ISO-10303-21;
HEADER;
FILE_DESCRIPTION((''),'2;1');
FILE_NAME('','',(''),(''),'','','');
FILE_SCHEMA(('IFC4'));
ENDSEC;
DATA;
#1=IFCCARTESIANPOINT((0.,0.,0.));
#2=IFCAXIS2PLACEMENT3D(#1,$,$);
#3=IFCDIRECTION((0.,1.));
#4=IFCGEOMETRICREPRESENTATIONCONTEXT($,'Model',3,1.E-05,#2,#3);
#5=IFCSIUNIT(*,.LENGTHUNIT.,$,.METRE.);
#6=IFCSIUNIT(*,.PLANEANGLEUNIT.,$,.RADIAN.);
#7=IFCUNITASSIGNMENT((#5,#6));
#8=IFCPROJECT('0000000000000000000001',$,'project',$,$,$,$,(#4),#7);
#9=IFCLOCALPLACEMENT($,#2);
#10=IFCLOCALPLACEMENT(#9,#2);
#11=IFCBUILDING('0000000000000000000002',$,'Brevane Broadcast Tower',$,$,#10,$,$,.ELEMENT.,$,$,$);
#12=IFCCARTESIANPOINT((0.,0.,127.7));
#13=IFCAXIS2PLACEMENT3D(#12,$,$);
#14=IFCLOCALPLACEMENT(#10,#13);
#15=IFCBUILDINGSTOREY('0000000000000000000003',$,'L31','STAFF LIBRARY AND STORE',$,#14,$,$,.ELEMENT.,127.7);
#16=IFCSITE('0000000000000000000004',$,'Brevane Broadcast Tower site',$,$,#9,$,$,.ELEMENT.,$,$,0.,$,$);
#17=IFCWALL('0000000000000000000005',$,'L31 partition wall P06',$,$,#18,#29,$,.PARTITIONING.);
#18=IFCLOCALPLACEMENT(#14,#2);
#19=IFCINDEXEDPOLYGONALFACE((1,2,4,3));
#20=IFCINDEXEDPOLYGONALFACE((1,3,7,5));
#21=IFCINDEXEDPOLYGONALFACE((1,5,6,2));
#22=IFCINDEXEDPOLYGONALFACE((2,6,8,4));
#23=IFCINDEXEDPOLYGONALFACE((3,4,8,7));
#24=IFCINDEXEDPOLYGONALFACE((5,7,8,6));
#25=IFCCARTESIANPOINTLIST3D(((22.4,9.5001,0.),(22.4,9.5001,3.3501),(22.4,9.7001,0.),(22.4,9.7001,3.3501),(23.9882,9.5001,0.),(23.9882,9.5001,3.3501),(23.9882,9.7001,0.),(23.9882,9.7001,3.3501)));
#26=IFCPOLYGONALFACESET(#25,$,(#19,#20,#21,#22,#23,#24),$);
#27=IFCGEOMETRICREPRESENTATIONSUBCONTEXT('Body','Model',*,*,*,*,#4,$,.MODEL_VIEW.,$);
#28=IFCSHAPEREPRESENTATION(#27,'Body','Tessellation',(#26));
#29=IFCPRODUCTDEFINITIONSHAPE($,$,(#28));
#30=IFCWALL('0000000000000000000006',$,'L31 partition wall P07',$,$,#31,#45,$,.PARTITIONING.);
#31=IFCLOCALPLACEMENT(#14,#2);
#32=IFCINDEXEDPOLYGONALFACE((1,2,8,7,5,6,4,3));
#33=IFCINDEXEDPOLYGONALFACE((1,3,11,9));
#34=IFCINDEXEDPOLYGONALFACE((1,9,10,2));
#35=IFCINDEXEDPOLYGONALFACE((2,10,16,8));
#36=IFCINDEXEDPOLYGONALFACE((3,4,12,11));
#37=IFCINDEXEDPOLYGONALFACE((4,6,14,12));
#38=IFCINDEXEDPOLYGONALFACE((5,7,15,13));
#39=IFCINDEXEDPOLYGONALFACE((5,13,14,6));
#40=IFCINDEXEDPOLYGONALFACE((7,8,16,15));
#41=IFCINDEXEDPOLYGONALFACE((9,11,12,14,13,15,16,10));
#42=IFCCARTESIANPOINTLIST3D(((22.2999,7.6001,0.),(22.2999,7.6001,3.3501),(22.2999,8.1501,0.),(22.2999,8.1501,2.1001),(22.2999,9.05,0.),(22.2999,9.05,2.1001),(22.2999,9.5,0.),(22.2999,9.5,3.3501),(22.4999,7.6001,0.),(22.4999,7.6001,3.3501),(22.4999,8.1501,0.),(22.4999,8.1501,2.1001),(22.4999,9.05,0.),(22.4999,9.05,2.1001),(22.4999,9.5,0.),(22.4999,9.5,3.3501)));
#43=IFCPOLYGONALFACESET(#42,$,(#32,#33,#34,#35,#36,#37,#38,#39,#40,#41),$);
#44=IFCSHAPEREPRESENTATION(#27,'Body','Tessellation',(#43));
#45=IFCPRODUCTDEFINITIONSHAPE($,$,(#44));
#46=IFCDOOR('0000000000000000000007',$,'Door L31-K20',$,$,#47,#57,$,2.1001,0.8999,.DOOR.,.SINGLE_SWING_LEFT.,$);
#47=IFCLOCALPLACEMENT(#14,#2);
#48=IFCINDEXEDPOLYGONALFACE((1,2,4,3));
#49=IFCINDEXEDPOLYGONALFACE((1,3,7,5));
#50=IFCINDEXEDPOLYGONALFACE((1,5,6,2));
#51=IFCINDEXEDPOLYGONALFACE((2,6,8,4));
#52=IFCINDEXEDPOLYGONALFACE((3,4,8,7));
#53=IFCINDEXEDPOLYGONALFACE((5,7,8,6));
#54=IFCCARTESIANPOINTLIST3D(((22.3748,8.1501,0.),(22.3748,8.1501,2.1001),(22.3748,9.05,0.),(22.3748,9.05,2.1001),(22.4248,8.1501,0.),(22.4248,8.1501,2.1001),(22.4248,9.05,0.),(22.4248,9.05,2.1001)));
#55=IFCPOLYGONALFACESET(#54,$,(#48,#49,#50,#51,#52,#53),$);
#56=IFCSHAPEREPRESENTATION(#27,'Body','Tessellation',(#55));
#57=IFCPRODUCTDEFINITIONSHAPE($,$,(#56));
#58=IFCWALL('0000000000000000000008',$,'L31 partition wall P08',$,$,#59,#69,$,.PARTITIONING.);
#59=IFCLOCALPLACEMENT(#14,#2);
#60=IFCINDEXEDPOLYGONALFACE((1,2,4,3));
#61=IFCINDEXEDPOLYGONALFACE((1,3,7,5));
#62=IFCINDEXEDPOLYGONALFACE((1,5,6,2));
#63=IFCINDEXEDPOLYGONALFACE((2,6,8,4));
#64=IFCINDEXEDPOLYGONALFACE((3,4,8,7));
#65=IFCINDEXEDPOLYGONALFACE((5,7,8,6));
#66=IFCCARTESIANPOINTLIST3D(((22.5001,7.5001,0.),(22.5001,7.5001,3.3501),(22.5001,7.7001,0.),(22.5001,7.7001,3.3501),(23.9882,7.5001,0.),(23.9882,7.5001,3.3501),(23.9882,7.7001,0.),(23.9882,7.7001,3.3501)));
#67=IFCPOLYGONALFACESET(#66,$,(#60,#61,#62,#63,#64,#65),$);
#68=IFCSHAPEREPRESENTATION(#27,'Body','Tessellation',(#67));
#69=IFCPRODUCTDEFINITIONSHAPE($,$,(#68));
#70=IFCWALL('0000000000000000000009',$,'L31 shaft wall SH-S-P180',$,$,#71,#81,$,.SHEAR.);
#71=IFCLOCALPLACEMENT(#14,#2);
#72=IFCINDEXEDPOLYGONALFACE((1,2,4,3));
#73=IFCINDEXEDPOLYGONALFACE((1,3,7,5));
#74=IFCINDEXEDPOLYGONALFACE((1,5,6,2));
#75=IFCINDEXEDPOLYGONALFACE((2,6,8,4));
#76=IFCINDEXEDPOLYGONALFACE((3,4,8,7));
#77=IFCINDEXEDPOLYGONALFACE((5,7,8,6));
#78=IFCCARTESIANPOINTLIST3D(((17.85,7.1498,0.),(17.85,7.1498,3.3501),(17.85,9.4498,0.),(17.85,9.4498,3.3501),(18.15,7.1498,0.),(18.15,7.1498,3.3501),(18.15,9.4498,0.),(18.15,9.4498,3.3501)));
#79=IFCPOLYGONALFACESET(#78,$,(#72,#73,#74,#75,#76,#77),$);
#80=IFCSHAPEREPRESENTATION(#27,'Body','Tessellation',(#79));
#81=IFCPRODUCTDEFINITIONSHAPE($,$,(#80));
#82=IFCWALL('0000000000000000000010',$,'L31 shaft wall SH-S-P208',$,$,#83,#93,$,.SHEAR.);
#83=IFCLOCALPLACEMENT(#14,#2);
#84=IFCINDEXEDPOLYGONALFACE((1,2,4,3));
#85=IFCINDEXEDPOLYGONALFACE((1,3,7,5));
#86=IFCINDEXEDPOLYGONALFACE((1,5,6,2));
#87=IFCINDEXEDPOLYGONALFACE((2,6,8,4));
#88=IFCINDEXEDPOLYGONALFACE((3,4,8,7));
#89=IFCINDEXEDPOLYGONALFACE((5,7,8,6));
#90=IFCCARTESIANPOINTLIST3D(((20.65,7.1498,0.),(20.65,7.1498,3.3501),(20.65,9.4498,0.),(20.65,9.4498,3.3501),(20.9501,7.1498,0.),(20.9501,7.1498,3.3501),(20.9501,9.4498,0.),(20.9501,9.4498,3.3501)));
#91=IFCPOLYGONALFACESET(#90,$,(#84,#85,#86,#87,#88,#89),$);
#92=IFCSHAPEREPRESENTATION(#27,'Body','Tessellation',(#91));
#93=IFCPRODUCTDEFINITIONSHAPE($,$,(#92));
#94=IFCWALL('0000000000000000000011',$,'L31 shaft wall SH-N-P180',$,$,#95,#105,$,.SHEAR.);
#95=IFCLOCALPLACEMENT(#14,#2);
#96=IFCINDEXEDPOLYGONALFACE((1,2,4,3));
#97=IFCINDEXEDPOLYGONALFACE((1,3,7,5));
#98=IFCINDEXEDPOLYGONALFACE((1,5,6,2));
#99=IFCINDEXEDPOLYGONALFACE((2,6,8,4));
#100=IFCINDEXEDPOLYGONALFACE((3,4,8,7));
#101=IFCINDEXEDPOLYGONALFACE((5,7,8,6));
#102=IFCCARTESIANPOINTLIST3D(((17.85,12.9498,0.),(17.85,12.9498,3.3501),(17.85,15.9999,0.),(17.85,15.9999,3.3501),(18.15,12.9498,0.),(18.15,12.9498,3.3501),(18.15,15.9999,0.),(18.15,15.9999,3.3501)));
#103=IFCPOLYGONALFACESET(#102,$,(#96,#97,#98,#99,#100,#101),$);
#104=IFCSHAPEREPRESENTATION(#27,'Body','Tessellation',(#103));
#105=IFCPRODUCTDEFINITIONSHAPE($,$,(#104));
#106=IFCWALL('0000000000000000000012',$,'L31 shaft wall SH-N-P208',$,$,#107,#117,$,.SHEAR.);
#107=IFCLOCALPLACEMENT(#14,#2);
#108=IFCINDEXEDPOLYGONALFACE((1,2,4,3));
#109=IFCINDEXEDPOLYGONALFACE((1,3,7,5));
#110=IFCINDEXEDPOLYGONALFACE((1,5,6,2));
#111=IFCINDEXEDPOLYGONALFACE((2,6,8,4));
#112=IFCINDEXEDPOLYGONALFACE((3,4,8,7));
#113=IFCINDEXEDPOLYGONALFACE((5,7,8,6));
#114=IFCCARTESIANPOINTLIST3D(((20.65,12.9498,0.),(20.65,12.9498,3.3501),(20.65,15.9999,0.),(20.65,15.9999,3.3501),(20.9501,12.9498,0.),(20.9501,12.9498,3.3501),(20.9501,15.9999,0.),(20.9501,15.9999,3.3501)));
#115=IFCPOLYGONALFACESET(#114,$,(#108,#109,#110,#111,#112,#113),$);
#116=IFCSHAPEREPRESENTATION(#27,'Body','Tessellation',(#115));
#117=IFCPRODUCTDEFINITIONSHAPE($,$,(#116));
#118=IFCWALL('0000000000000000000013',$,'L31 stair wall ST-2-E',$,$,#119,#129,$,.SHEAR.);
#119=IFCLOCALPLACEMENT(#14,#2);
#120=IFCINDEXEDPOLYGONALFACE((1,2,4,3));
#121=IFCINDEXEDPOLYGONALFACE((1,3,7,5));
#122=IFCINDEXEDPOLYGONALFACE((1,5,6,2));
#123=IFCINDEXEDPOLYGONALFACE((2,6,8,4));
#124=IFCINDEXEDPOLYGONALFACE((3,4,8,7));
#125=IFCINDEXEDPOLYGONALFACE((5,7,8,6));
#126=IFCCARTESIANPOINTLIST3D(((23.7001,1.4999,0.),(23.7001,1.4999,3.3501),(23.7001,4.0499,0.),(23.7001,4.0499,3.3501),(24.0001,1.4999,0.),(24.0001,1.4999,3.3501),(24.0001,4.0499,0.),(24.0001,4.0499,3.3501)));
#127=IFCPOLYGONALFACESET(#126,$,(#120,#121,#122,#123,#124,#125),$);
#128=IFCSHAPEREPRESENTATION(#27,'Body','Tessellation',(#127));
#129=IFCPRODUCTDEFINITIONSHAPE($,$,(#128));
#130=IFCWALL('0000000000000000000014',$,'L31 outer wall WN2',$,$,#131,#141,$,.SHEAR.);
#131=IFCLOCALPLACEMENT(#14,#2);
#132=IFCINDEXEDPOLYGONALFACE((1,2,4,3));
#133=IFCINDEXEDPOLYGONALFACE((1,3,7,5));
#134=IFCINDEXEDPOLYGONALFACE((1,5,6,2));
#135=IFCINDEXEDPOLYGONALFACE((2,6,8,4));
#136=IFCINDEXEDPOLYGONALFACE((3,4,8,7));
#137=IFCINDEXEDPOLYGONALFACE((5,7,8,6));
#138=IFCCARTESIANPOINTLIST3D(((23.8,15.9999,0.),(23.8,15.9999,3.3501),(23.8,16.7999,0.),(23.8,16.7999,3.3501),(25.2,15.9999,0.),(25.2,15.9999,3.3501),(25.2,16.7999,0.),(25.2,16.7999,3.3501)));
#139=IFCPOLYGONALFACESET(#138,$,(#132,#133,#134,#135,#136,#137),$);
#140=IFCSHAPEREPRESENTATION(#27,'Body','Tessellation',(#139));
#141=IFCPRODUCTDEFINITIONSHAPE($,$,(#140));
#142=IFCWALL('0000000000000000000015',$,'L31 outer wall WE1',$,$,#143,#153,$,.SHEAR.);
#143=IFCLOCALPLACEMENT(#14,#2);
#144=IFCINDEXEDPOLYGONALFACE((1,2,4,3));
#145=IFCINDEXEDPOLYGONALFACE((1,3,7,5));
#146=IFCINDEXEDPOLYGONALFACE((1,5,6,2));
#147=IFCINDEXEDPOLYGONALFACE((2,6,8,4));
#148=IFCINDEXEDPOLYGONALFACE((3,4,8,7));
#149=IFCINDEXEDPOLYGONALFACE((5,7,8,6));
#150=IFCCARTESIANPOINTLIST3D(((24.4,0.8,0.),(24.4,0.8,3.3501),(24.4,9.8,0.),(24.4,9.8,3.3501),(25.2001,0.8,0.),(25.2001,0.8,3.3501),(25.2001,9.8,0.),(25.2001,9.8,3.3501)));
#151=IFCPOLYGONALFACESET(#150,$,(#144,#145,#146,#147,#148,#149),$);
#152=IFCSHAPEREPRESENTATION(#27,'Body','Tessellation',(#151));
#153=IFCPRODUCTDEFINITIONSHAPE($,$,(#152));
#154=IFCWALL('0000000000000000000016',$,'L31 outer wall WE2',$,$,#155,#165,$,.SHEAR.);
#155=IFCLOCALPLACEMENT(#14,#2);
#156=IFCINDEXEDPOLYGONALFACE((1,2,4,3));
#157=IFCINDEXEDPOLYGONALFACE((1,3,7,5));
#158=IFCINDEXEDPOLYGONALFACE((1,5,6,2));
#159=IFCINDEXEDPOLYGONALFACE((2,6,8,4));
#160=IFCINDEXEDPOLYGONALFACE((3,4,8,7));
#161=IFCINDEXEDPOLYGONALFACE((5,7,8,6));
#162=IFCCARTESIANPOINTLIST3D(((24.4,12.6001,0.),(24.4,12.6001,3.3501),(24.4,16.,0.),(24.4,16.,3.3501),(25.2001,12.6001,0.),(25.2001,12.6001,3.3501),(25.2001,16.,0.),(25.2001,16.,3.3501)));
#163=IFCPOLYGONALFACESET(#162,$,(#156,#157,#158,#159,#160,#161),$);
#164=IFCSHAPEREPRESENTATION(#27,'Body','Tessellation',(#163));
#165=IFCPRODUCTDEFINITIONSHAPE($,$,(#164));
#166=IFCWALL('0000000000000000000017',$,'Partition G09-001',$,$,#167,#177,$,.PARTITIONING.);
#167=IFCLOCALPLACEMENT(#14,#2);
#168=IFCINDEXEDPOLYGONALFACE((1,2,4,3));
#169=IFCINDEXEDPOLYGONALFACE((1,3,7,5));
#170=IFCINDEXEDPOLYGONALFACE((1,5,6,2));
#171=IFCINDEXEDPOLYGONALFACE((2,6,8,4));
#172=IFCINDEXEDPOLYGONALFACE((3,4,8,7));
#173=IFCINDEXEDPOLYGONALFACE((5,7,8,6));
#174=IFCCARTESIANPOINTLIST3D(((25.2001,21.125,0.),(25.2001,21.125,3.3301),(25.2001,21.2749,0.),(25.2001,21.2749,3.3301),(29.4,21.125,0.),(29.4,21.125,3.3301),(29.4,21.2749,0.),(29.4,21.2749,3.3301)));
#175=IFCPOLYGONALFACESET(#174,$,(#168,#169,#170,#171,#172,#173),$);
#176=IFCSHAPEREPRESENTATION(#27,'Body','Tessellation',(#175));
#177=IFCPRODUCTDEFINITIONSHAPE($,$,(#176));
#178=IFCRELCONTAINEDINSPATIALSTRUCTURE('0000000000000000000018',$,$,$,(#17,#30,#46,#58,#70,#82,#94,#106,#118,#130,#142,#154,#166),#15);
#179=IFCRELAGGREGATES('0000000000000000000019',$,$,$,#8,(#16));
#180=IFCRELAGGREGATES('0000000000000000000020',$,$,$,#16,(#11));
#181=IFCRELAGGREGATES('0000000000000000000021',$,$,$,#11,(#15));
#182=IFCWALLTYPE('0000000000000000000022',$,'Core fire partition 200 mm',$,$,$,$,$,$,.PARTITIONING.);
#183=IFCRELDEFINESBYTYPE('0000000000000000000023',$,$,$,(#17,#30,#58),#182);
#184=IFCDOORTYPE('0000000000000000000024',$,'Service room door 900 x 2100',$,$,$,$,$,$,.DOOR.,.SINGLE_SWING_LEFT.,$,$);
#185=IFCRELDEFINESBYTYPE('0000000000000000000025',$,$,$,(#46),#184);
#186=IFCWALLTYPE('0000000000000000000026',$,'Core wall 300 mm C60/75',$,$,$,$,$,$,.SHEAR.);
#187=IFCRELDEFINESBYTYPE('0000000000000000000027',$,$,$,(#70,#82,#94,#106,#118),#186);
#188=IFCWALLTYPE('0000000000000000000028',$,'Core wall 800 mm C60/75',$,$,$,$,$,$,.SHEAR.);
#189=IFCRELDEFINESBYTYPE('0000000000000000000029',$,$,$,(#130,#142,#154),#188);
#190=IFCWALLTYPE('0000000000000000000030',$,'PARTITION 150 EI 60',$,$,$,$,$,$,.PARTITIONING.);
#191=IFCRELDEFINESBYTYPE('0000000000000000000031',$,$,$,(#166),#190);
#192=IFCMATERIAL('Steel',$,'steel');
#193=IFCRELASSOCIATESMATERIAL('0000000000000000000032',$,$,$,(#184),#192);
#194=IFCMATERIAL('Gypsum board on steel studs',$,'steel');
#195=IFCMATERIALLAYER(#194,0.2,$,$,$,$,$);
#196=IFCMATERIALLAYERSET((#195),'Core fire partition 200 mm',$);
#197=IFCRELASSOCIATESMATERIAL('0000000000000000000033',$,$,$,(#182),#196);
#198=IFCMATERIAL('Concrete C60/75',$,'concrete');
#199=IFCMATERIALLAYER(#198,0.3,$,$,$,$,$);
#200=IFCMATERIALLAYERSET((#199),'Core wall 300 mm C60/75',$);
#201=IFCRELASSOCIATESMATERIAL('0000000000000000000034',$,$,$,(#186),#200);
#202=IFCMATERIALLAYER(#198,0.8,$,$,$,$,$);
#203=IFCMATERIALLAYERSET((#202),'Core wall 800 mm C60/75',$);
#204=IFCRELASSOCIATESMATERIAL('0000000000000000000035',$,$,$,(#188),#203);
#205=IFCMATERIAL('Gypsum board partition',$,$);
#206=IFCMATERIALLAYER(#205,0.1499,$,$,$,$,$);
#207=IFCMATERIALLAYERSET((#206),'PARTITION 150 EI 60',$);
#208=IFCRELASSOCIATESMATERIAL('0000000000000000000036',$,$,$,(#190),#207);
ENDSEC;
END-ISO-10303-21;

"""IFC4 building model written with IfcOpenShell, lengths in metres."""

from ifc_helpers import new_model, si_unit, direction, frame, frame_2d, origin, place, context, subcontext, project, spatial, rectangle, extrude, material, layer, layer_set, type_object, element, fill, save


model = new_model("IFC4")

# Units and contexts
model_context = context("Model", 3, precision=1e-05, world=origin(), true_north=direction((0.0, 1.0)))
body_context = subcontext(model_context, "Body", "Model", "MODEL_VIEW")
ifc_project = project(units=[si_unit("LENGTHUNIT", "METRE"), si_unit("PLANEANGLEUNIT", "RADIAN")], contexts=[model_context])

# Site, building, storey
site_placement = place(None, origin())
site = spatial("IfcSite", under=ifc_project, at=site_placement, Name="Brevane Broadcast Tower site", CompositionType="ELEMENT", RefElevation=0.0)
building_placement = place(site_placement, origin())
building = spatial("IfcBuilding", under=site, at=building_placement, Name="Brevane Broadcast Tower", CompositionType="ELEMENT")
storey_placement = place(building_placement, frame((0.0, 0.0, 127.7)))
storey = spatial("IfcBuildingStorey", under=building, at=storey_placement, Name="L31", Description="STAFF LIBRARY AND STORE", CompositionType="ELEMENT", Elevation=127.7)

# Shared definitions
ifc_material_1 = material(Name="Gypsum board on steel studs", Category="steel")
ifc_material_2 = material(Name="Steel", Category="steel")
door_type = type_object("IfcDoorType", Name="Service room door 900 x 2100", OperationType="SINGLE_SWING_LEFT", PredefinedType="DOOR", material=ifc_material_2)

# Wall
ifc_layer_1 = layer(ifc_material_1, 0.2)
ifc_layer_set_1 = layer_set([ifc_layer_1], Name="Core fire partition 200 mm")
wall_type_1 = type_object("IfcWallType", Name="Core fire partition 200 mm", PredefinedType="PARTITIONING", material=ifc_layer_set_1)
wall_1_placement = place(storey_placement, frame((23.988, 9.6001, 0.0), z_axis=(0.0, 0.0, 1.0), x_axis=(-1.0, 0.0, 0.0)))
element("IfcWall", 1, at=wall_1_placement, inside=storey, type_object=wall_type_1, Name="L31 partition wall P06", PredefinedType="PARTITIONING", context=body_context, shape_type="SweptSolid", body=[
    extrude(rectangle(XDim=1.5881, YDim=0.2, at=frame_2d((0.7939, 0.0))), origin(), (0.0, 0.0, 1.0), 3.3501),
])

# Wall, opening, door
wall_2_placement = place(storey_placement, frame((22.3999, 9.5, 0.0), z_axis=(0.0, 0.0, 1.0), x_axis=(0.0, -1.0, 0.0)))
wall_2 = element("IfcWall", 2, at=wall_2_placement, inside=storey, type_object=wall_type_1, Name="L31 partition wall P07", PredefinedType="PARTITIONING", context=body_context, shape_type="SweptSolid", body=[
    extrude(rectangle(XDim=1.8999, YDim=0.2, at=frame_2d((0.95, 0.0))), origin(), (0.0, 0.0, 1.0), 3.3501),
])
opening_1_placement = place(wall_2_placement, frame((0.45, 0.0, 0.0)))
opening_1 = element("IfcOpeningElement", 3, at=opening_1_placement, cuts=wall_2, PredefinedType="OPENING", context=body_context, shape_type="SweptSolid", body=[
    extrude(rectangle(XDim=0.8999, YDim=2.1001, at=frame_2d((0.45, 1.05))), frame((0.0, 0.1099, 0.0), z_axis=(0.0, -1.0, 0.0), x_axis=(1.0, 0.0, 0.0)), (0.0, 0.0, 1.0), 0.22),
])
door_1_placement = place(opening_1_placement, origin())
door_1 = element("IfcDoor", 4, at=door_1_placement, inside=storey, type_object=door_type, Name="Door L31-K20", OperationType="SINGLE_SWING_LEFT", OverallHeight=2.1001, OverallWidth=0.8999, PredefinedType="DOOR", context=body_context, shape_type="SweptSolid", body=[
    extrude(rectangle(XDim=0.8999, YDim=2.1001, at=frame_2d((0.45, 1.05))), frame((0.0, 0.0249, 0.0), z_axis=(0.0, -1.0, 0.0), x_axis=(1.0, 0.0, 0.0)), (0.0, 0.0, 1.0), 0.05),
])
fill(opening_1, door_1)

# Walls
wall_3_placement = place(storey_placement, frame((22.5, 7.6001, 0.0), z_axis=(0.0, 0.0, 1.0), x_axis=(1.0, 0.0, 0.0)))
element("IfcWall", 5, at=wall_3_placement, inside=storey, type_object=wall_type_1, Name="L31 partition wall P08", PredefinedType="PARTITIONING", context=body_context, shape_type="SweptSolid", body=[
    extrude(rectangle(XDim=1.488, YDim=0.2, at=frame_2d((0.7441, 0.0))), origin(), (0.0, 0.0, 1.0), 3.3501),
])
ifc_material_3 = material(Name="Concrete C60/75", Category="concrete")
ifc_layer_2 = layer(ifc_material_3, 0.3)
ifc_layer_set_2 = layer_set([ifc_layer_2], Name="Core wall 300 mm C60/75")
wall_type_2 = type_object("IfcWallType", Name="Core wall 300 mm C60/75", PredefinedType="SHEAR", material=ifc_layer_set_2)
for number, where, z_axis, x_axis, name in (
    (6, (18.0, 7.1499, 0.0), (0.0, 0.0, 1.0), (0.0, 1.0, 0.0), "L31 shaft wall SH-S-P180"),
    (7, (20.8, 7.1499, 0.0), (0.0, 0.0, 1.0), (0.0, 1.0, 0.0), "L31 shaft wall SH-S-P208"),
):
    element("IfcWall", number, at=place(storey_placement, frame(where, z_axis=z_axis, x_axis=x_axis)), inside=storey, type_object=wall_type_2, Name=name, PredefinedType="SHEAR", context=body_context, shape_type="SweptSolid", body=[
        extrude(rectangle(XDim=2.3, YDim=0.3, at=frame_2d((1.1499, 0.0))), origin(), (0.0, 0.0, 1.0), 3.3501),
    ])
for number, where, z_axis, x_axis, name in (
    (8, (18.0, 12.95, 0.0), (0.0, 0.0, 1.0), (0.0, 1.0, 0.0), "L31 shaft wall SH-N-P180"),
    (9, (20.8, 12.95, 0.0), (0.0, 0.0, 1.0), (0.0, 1.0, 0.0), "L31 shaft wall SH-N-P208"),
):
    element("IfcWall", number, at=place(storey_placement, frame(where, z_axis=z_axis, x_axis=x_axis)), inside=storey, type_object=wall_type_2, Name=name, PredefinedType="SHEAR", context=body_context, shape_type="SweptSolid", body=[
        extrude(rectangle(XDim=3.05, YDim=0.3, at=frame_2d((1.5249, 0.0))), origin(), (0.0, 0.0, 1.0), 3.3501),
    ])
wall_4_placement = place(storey_placement, frame((23.8501, 1.5, 0.0), z_axis=(0.0, 0.0, 1.0), x_axis=(0.0, 1.0, 0.0)))
element("IfcWall", 10, at=wall_4_placement, inside=storey, type_object=wall_type_2, Name="L31 stair wall ST-2-E", PredefinedType="SHEAR", context=body_context, shape_type="SweptSolid", body=[
    extrude(rectangle(XDim=2.55, YDim=0.3, at=frame_2d((1.2749, 0.0))), origin(), (0.0, 0.0, 1.0), 3.3501),
])
ifc_layer_3 = layer(ifc_material_3, 0.8)
ifc_layer_set_3 = layer_set([ifc_layer_3], Name="Core wall 800 mm C60/75")
wall_type_3 = type_object("IfcWallType", Name="Core wall 800 mm C60/75", PredefinedType="SHEAR", material=ifc_layer_set_3)
wall_5_placement = place(storey_placement, frame((23.8, 16.3999, 0.0), z_axis=(0.0, 0.0, 1.0), x_axis=(1.0, 0.0, 0.0)))
element("IfcWall", 11, at=wall_5_placement, inside=storey, type_object=wall_type_3, Name="L31 outer wall WN2", PredefinedType="SHEAR", context=body_context, shape_type="SweptSolid", body=[
    extrude(rectangle(XDim=1.3999, YDim=0.8, at=frame_2d((0.7, 0.0))), origin(), (0.0, 0.0, 1.0), 3.3501),
])
wall_6_placement = place(storey_placement, frame((24.8, 0.8, 0.0), z_axis=(0.0, 0.0, 1.0), x_axis=(0.0, 1.0, 0.0)))
element("IfcWall", 12, at=wall_6_placement, inside=storey, type_object=wall_type_3, Name="L31 outer wall WE1", PredefinedType="SHEAR", context=body_context, shape_type="SweptSolid", body=[
    extrude(rectangle(XDim=9.0, YDim=0.8, at=frame_2d((4.5, 0.0))), origin(), (0.0, 0.0, 1.0), 3.3501),
])
wall_7_placement = place(storey_placement, frame((24.8, 12.6001, 0.0), z_axis=(0.0, 0.0, 1.0), x_axis=(0.0, 1.0, 0.0)))
element("IfcWall", 13, at=wall_7_placement, inside=storey, type_object=wall_type_3, Name="L31 outer wall WE2", PredefinedType="SHEAR", context=body_context, shape_type="SweptSolid", body=[
    extrude(rectangle(XDim=3.3999, YDim=0.8, at=frame_2d((1.7, 0.0))), origin(), (0.0, 0.0, 1.0), 3.3501),
])
ifc_material_4 = material(Name="Gypsum board partition")
ifc_layer_4 = layer(ifc_material_4, 0.1499)
ifc_layer_set_4 = layer_set([ifc_layer_4], Name="PARTITION 150 EI 60")
wall_type_4 = type_object("IfcWallType", Name="PARTITION 150 EI 60", PredefinedType="PARTITIONING", material=ifc_layer_set_4)
wall_8_placement = place(storey_placement, frame((25.2, 21.2, 0.0), z_axis=(0.0, 0.0, 1.0), x_axis=(1.0, 0.0, 0.0)))
element("IfcWall", 14, at=wall_8_placement, inside=storey, type_object=wall_type_4, Name="Partition G09-001", PredefinedType="PARTITIONING", context=body_context, shape_type="SweptSolid", body=[
    extrude(rectangle(XDim=4.2, YDim=0.1499, at=frame_2d((2.1001, 0.0))), origin(), (0.0, 0.0, 1.0), 3.3301),
])

save(model, "model.ifc")
